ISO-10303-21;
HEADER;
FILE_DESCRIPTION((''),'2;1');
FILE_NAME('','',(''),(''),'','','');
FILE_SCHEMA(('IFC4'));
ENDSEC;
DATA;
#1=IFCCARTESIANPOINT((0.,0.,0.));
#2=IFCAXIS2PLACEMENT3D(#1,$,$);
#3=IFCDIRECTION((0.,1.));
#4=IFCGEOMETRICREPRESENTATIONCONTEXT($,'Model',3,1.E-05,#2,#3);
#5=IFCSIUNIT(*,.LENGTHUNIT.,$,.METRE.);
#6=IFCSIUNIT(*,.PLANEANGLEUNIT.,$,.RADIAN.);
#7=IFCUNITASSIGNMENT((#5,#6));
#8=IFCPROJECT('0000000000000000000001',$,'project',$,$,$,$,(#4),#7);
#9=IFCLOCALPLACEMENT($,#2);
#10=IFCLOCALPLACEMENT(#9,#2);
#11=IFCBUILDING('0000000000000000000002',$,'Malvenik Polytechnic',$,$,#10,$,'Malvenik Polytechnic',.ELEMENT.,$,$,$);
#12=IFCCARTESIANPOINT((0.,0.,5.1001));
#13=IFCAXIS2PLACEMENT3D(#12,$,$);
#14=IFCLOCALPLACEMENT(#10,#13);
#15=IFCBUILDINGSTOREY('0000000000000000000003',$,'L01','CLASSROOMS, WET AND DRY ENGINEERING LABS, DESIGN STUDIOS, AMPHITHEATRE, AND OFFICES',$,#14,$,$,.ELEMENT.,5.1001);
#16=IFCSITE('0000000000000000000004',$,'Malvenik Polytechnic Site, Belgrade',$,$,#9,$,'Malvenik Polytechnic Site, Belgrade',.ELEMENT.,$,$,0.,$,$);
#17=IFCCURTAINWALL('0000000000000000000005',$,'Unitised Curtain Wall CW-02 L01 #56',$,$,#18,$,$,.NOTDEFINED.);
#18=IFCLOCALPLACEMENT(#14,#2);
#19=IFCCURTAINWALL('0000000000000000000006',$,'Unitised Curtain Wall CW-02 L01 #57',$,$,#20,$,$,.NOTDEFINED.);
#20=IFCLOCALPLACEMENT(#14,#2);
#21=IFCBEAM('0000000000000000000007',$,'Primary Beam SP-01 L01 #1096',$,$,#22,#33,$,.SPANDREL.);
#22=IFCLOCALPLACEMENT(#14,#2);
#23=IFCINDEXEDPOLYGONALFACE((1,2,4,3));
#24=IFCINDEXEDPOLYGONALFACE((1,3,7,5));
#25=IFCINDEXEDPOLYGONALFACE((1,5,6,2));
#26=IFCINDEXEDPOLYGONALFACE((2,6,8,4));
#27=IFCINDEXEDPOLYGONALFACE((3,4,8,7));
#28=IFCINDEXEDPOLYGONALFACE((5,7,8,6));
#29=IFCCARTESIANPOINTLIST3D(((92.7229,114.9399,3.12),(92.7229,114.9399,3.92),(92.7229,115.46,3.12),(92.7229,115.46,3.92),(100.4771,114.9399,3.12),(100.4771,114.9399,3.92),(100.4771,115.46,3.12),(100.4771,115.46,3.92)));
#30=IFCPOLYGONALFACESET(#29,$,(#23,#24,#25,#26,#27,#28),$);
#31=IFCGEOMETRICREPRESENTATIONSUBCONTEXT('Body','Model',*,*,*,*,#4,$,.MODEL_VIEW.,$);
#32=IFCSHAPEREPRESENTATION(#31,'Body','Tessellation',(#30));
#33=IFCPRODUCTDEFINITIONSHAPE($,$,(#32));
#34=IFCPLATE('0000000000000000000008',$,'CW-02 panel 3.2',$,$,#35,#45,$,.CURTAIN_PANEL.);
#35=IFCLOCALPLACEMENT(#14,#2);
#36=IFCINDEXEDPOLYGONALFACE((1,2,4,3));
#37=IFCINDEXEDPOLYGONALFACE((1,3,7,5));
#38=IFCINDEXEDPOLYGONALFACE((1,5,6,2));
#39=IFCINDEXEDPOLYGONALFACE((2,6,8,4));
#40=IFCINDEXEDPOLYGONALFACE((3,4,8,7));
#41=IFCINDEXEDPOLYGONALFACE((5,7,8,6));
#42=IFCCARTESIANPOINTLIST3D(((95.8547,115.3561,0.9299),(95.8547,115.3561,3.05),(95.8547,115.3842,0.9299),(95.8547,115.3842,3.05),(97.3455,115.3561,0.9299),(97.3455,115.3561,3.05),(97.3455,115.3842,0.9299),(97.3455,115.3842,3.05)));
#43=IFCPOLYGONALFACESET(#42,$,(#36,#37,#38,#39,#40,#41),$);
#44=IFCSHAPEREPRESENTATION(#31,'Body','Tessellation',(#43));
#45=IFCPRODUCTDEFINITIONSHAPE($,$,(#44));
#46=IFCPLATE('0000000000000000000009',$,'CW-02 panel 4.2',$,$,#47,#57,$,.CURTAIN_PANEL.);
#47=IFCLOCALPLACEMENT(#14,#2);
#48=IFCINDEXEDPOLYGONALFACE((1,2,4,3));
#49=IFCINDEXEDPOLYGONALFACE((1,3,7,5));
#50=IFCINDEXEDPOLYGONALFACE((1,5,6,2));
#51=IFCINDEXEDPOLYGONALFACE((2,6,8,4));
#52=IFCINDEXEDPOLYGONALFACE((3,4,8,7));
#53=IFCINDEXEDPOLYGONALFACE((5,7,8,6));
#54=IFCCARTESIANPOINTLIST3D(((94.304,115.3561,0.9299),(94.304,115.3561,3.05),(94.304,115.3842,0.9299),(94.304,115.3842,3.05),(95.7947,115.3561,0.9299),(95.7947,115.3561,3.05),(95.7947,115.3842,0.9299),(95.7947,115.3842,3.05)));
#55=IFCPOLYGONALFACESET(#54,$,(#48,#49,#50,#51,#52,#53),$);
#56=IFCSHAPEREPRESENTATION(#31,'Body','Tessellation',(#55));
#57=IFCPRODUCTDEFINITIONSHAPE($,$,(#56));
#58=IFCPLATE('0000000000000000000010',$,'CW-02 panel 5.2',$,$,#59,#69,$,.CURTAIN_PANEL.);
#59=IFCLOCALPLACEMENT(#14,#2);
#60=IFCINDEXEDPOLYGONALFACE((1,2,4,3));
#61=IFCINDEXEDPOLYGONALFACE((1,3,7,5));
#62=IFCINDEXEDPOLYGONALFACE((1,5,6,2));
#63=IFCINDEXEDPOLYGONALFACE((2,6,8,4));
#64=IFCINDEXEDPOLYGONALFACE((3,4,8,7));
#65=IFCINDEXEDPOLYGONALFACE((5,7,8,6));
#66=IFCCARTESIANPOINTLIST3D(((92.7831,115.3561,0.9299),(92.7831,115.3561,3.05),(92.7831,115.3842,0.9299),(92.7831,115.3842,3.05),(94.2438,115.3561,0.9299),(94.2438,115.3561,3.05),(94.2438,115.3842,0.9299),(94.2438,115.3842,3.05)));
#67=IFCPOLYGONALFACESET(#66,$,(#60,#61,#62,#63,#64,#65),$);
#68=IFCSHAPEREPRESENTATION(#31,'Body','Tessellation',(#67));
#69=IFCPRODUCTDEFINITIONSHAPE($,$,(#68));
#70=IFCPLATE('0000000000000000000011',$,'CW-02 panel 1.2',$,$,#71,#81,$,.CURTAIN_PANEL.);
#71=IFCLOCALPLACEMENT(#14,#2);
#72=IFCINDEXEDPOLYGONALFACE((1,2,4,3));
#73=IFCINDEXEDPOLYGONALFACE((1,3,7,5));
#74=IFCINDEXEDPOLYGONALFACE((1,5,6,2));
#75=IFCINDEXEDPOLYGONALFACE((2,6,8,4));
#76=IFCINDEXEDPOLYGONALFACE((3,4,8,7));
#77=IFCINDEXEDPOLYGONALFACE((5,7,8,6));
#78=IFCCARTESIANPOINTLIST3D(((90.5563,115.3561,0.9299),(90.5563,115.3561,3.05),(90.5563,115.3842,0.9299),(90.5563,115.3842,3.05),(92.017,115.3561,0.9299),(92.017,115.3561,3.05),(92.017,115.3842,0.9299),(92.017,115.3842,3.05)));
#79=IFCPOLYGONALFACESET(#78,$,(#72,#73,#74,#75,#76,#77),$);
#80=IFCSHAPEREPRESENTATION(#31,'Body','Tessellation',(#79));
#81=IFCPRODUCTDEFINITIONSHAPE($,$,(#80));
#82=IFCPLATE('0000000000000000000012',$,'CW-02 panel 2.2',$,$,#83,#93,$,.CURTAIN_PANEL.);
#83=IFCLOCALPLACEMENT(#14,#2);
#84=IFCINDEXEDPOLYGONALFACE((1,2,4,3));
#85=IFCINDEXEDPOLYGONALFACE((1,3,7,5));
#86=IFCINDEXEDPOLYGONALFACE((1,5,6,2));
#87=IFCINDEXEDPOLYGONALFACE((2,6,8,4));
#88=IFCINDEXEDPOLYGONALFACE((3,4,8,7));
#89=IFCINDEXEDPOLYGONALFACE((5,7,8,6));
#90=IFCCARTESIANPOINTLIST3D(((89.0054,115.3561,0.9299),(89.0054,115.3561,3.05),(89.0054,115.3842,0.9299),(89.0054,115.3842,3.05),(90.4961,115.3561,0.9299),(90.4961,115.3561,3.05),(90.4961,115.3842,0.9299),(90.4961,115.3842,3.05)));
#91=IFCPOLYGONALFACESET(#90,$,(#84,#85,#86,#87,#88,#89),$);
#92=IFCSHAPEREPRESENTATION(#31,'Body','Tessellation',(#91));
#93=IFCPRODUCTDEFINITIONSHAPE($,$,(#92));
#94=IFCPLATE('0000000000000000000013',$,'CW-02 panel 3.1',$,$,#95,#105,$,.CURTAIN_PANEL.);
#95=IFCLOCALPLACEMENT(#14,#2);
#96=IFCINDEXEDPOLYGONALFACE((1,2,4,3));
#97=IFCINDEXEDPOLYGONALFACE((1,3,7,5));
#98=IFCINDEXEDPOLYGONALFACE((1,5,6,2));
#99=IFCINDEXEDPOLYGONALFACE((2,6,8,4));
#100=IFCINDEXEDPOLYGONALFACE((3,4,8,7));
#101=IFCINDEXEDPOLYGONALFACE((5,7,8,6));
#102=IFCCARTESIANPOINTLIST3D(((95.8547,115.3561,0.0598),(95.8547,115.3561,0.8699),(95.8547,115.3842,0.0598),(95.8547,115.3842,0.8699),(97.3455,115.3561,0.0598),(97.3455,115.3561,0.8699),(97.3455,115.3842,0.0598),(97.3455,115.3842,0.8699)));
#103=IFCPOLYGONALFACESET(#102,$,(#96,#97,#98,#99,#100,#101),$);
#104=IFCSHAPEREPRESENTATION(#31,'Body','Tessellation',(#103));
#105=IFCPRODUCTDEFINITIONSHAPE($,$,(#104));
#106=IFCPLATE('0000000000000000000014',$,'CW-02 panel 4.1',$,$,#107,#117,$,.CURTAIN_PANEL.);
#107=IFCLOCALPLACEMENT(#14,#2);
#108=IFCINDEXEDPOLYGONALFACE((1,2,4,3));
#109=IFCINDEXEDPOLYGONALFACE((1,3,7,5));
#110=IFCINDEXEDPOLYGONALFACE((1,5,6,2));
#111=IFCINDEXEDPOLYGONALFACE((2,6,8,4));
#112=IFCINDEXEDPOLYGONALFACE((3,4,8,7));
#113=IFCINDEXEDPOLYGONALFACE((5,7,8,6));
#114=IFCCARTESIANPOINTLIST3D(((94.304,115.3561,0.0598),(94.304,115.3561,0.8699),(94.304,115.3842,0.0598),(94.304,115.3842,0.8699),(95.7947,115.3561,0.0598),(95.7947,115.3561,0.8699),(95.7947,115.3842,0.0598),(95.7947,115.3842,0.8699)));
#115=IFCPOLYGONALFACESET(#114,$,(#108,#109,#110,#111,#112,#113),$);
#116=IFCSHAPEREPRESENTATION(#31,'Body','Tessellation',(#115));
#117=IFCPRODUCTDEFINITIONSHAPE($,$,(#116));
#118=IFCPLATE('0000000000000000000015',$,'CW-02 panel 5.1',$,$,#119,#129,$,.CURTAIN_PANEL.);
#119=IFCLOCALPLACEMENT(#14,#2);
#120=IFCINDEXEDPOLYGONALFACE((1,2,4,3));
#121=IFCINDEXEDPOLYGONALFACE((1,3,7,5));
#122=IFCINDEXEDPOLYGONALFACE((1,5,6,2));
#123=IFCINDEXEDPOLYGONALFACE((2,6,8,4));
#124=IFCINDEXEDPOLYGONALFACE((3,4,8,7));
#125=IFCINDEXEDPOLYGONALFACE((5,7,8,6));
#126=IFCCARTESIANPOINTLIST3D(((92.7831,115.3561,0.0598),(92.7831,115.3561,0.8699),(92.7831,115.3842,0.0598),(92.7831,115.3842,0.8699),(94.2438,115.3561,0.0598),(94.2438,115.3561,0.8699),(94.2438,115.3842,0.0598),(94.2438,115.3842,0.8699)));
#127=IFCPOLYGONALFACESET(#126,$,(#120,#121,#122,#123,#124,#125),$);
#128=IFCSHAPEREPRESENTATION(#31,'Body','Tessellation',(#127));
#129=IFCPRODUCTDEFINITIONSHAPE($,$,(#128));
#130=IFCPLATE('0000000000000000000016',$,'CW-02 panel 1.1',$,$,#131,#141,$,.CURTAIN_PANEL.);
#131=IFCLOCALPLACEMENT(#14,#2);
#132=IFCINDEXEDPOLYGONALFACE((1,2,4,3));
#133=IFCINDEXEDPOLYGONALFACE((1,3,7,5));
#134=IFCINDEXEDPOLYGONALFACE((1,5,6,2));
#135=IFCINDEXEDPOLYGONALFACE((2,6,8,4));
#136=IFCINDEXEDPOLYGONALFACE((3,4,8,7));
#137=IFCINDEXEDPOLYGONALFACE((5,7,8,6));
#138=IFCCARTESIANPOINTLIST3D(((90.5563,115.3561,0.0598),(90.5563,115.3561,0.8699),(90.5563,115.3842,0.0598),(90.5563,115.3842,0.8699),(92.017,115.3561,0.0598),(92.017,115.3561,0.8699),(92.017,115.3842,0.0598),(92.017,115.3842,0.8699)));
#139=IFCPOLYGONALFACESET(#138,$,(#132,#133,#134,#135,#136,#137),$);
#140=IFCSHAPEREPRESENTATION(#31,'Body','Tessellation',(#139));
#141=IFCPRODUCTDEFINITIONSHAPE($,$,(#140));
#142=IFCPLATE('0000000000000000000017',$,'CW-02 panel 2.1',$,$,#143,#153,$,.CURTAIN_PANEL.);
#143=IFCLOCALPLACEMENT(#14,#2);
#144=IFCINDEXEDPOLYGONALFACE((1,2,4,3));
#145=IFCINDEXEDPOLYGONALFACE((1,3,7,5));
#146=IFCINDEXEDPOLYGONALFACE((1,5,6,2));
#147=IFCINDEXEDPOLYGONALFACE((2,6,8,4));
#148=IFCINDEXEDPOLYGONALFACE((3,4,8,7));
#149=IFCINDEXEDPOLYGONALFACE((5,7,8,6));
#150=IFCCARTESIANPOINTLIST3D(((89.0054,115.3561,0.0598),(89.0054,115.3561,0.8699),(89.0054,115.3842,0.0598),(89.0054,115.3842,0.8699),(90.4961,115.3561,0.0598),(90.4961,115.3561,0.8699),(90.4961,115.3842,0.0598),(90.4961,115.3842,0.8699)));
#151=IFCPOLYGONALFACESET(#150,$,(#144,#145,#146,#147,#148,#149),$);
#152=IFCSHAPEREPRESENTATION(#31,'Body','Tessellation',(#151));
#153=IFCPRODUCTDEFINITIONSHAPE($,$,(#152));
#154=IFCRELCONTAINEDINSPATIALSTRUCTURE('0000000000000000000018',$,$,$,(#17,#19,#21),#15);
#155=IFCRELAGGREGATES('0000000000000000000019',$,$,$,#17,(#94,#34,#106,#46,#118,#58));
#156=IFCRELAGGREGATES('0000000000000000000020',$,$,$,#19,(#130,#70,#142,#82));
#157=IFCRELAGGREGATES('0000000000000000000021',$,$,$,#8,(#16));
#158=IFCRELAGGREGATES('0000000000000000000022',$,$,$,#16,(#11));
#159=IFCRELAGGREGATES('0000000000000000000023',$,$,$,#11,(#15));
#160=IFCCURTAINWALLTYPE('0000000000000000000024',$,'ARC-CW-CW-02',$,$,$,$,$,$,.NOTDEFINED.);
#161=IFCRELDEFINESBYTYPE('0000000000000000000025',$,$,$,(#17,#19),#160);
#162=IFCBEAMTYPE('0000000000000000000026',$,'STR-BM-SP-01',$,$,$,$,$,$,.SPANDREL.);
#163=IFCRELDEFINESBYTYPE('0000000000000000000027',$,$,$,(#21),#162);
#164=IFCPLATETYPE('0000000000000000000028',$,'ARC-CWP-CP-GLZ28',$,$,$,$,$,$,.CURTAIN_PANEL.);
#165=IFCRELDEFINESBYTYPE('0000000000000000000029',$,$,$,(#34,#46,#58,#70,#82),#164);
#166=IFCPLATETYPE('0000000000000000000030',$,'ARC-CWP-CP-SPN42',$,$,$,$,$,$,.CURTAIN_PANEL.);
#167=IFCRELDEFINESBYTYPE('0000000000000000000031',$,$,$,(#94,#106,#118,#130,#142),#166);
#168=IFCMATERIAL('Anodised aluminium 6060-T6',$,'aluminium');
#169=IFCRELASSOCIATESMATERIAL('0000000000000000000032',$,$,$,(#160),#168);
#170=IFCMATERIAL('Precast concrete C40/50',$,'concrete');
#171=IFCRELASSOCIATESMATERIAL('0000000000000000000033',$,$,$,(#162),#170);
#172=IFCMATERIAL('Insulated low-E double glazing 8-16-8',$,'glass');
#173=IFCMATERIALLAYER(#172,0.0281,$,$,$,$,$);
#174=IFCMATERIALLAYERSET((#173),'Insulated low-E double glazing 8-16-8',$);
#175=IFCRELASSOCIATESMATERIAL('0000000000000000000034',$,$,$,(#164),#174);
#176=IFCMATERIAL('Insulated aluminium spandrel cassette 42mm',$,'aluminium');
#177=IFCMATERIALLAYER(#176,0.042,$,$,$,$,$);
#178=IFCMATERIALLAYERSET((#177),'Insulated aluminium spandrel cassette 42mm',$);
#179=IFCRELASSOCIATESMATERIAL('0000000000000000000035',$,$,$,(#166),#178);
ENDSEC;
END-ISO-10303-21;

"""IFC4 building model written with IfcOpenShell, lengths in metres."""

from ifc_helpers import new_model, si_unit, direction, frame, origin, origin_2d, place, context, subcontext, project, spatial, rectangle, extrude, material, layer, layer_set, material_profile, profile_set, type_object, element, aggregate, save


model = new_model("IFC4")

# Units and contexts
model_context = context("Model", 3, precision=1e-05, world=origin(), true_north=direction((0.0, 1.0)))
body_context = subcontext(model_context, "Body", "Model", "MODEL_VIEW")
ifc_project = project(units=[si_unit("LENGTHUNIT", "METRE"), si_unit("PLANEANGLEUNIT", "RADIAN")], contexts=[model_context])

# Site, building, storey
site_placement = place(None, origin())
site = spatial("IfcSite", under=ifc_project, at=site_placement, Name="Malvenik Polytechnic Site, Belgrade", LongName="Malvenik Polytechnic Site, Belgrade", CompositionType="ELEMENT", RefElevation=0.0)
building_placement = place(site_placement, origin())
building = spatial("IfcBuilding", under=site, at=building_placement, Name="Malvenik Polytechnic", LongName="Malvenik Polytechnic", CompositionType="ELEMENT")
storey_placement = place(building_placement, frame((0.0, 0.0, 5.1001)))
storey = spatial("IfcBuildingStorey", under=building, at=storey_placement, Name="L01", Description="CLASSROOMS, WET AND DRY ENGINEERING LABS, DESIGN STUDIOS, AMPHITHEATRE, AND OFFICES", CompositionType="ELEMENT", Elevation=5.1001)

# Curtain walls
ifc_material_1 = material(Name="Anodised aluminium 6060-T6", Category="aluminium")
curtain_wall_type = type_object("IfcCurtainWallType", Name="ARC-CW-CW-02", PredefinedType="NOTDEFINED", material=ifc_material_1)
curtain_wall_1_placement = place(storey_placement, origin())
curtain_wall_1 = element("IfcCurtainWall", 1, at=curtain_wall_1_placement, inside=storey, type_object=curtain_wall_type, Name="Unitised Curtain Wall CW-02 L01 #56", PredefinedType="NOTDEFINED")
curtain_wall_2_placement = place(storey_placement, origin())
curtain_wall_2 = element("IfcCurtainWall", 2, at=curtain_wall_2_placement, inside=storey, type_object=curtain_wall_type, Name="Unitised Curtain Wall CW-02 L01 #57", PredefinedType="NOTDEFINED")

# Beam
ifc_material_2 = material(Name="Precast concrete C40/50", Category="concrete")
ifc_material_profile_1 = material_profile(ifc_material_2, rectangle(XDim=0.52, YDim=0.8, at=origin_2d()), Name="PC SPN 520x800")
ifc_profile_set_1 = profile_set([ifc_material_profile_1], Name="Precast concrete C40/50")
beam_type = type_object("IfcBeamType", Name="STR-BM-SP-01", PredefinedType="SPANDREL", material=ifc_profile_set_1)
beam_placement = place(storey_placement, frame((92.7229, 115.2, 3.52), z_axis=(1.0, 0.0, 0.0), x_axis=(0.0, 1.0, 0.0)))
element("IfcBeam", 3, at=beam_placement, inside=storey, type_object=beam_type, Name="Primary Beam SP-01 L01 #1096", PredefinedType="SPANDREL", context=body_context, shape_type="SweptSolid", body=[
    extrude(rectangle(XDim=0.52, YDim=0.8, at=origin_2d()), origin(), (0.0, 0.0, 1.0), 7.7542),
])

# Plates
ifc_material_3 = material(Name="Insulated low-E double glazing 8-16-8", Category="glass")
ifc_layer_1 = layer(ifc_material_3, 0.0281)
ifc_layer_set_1 = layer_set([ifc_layer_1], Name="Insulated low-E double glazing 8-16-8")
plate_type_1 = type_object("IfcPlateType", Name="ARC-CWP-CP-GLZ28", PredefinedType="CURTAIN_PANEL", material=ifc_layer_set_1)
plate_1_placement = place(storey_placement, frame((96.6001, 115.3701, 0.9299), z_axis=(0.0, 0.0, 1.0), x_axis=(-1.0, 0.0, 0.0)))
plate_1 = element("IfcPlate", 4, at=plate_1_placement, type_object=plate_type_1, Name="CW-02 panel 3.2", PredefinedType="CURTAIN_PANEL", context=body_context, shape_type="SweptSolid", body=[
    extrude(rectangle(XDim=1.4907, YDim=0.0281, at=origin_2d()), origin(), (0.0, 0.0, 1.0), 2.1201),
])
plate_2_placement = place(storey_placement, frame((95.0493, 115.3701, 0.9299), z_axis=(0.0, 0.0, 1.0), x_axis=(-1.0, 0.0, 0.0)))
plate_2 = element("IfcPlate", 5, at=plate_2_placement, type_object=plate_type_1, Name="CW-02 panel 4.2", PredefinedType="CURTAIN_PANEL", context=body_context, shape_type="SweptSolid", body=[
    extrude(rectangle(XDim=1.4907, YDim=0.0281, at=origin_2d()), origin(), (0.0, 0.0, 1.0), 2.1201),
])
plate_3_placement = place(storey_placement, frame((93.5134, 115.3701, 0.9299), z_axis=(0.0, 0.0, 1.0), x_axis=(-1.0, 0.0, 0.0)))
plate_3 = element("IfcPlate", 6, at=plate_3_placement, type_object=plate_type_1, Name="CW-02 panel 5.2", PredefinedType="CURTAIN_PANEL", context=body_context, shape_type="SweptSolid", body=[
    extrude(rectangle(XDim=1.4607, YDim=0.0281, at=origin_2d()), origin(), (0.0, 0.0, 1.0), 2.1201),
])
plate_4_placement = place(storey_placement, frame((91.2866, 115.3701, 0.9299), z_axis=(0.0, 0.0, 1.0), x_axis=(-1.0, 0.0, 0.0)))
plate_4 = element("IfcPlate", 7, at=plate_4_placement, type_object=plate_type_1, Name="CW-02 panel 1.2", PredefinedType="CURTAIN_PANEL", context=body_context, shape_type="SweptSolid", body=[
    extrude(rectangle(XDim=1.4607, YDim=0.0281, at=origin_2d()), origin(), (0.0, 0.0, 1.0), 2.1201),
])
plate_5_placement = place(storey_placement, frame((89.7507, 115.3701, 0.9299), z_axis=(0.0, 0.0, 1.0), x_axis=(-1.0, 0.0, 0.0)))
plate_5 = element("IfcPlate", 8, at=plate_5_placement, type_object=plate_type_1, Name="CW-02 panel 2.2", PredefinedType="CURTAIN_PANEL", context=body_context, shape_type="SweptSolid", body=[
    extrude(rectangle(XDim=1.4907, YDim=0.0281, at=origin_2d()), origin(), (0.0, 0.0, 1.0), 2.1201),
])
ifc_material_4 = material(Name="Insulated aluminium spandrel cassette 42mm", Category="aluminium")
ifc_layer_2 = layer(ifc_material_4, 0.042)
ifc_layer_set_2 = layer_set([ifc_layer_2], Name="Insulated aluminium spandrel cassette 42mm")
plate_type_2 = type_object("IfcPlateType", Name="ARC-CWP-CP-SPN42", PredefinedType="CURTAIN_PANEL", material=ifc_layer_set_2)
plate_6_placement = place(storey_placement, frame((96.6001, 115.3701, 0.0598), z_axis=(0.0, 0.0, 1.0), x_axis=(-1.0, 0.0, 0.0)))
plate_6 = element("IfcPlate", 9, at=plate_6_placement, type_object=plate_type_2, Name="CW-02 panel 3.1", PredefinedType="CURTAIN_PANEL", context=body_context, shape_type="SweptSolid", body=[
    extrude(rectangle(XDim=1.4907, YDim=0.0281, at=origin_2d()), origin(), (0.0, 0.0, 1.0), 0.8101),
])
plate_7_placement = place(storey_placement, frame((95.0493, 115.3701, 0.0598), z_axis=(0.0, 0.0, 1.0), x_axis=(-1.0, 0.0, 0.0)))
plate_7 = element("IfcPlate", 10, at=plate_7_placement, type_object=plate_type_2, Name="CW-02 panel 4.1", PredefinedType="CURTAIN_PANEL", context=body_context, shape_type="SweptSolid", body=[
    extrude(rectangle(XDim=1.4907, YDim=0.0281, at=origin_2d()), origin(), (0.0, 0.0, 1.0), 0.8101),
])
plate_8_placement = place(storey_placement, frame((93.5134, 115.3701, 0.0598), z_axis=(0.0, 0.0, 1.0), x_axis=(-1.0, 0.0, 0.0)))
plate_8 = element("IfcPlate", 11, at=plate_8_placement, type_object=plate_type_2, Name="CW-02 panel 5.1", PredefinedType="CURTAIN_PANEL", context=body_context, shape_type="SweptSolid", body=[
    extrude(rectangle(XDim=1.4607, YDim=0.0281, at=origin_2d()), origin(), (0.0, 0.0, 1.0), 0.8101),
])
aggregate(curtain_wall_1, [plate_6, plate_1, plate_7, plate_2, plate_8, plate_3])
plate_9_placement = place(storey_placement, frame((91.2866, 115.3701, 0.0598), z_axis=(0.0, 0.0, 1.0), x_axis=(-1.0, 0.0, 0.0)))
plate_9 = element("IfcPlate", 12, at=plate_9_placement, type_object=plate_type_2, Name="CW-02 panel 1.1", PredefinedType="CURTAIN_PANEL", context=body_context, shape_type="SweptSolid", body=[
    extrude(rectangle(XDim=1.4607, YDim=0.0281, at=origin_2d()), origin(), (0.0, 0.0, 1.0), 0.8101),
])
plate_10_placement = place(storey_placement, frame((89.7507, 115.3701, 0.0598), z_axis=(0.0, 0.0, 1.0), x_axis=(-1.0, 0.0, 0.0)))
plate_10 = element("IfcPlate", 13, at=plate_10_placement, type_object=plate_type_2, Name="CW-02 panel 2.1", PredefinedType="CURTAIN_PANEL", context=body_context, shape_type="SweptSolid", body=[
    extrude(rectangle(XDim=1.4907, YDim=0.0281, at=origin_2d()), origin(), (0.0, 0.0, 1.0), 0.8101),
])
aggregate(curtain_wall_2, [plate_9, plate_4, plate_10, plate_5])

save(model, "model.ifc")
